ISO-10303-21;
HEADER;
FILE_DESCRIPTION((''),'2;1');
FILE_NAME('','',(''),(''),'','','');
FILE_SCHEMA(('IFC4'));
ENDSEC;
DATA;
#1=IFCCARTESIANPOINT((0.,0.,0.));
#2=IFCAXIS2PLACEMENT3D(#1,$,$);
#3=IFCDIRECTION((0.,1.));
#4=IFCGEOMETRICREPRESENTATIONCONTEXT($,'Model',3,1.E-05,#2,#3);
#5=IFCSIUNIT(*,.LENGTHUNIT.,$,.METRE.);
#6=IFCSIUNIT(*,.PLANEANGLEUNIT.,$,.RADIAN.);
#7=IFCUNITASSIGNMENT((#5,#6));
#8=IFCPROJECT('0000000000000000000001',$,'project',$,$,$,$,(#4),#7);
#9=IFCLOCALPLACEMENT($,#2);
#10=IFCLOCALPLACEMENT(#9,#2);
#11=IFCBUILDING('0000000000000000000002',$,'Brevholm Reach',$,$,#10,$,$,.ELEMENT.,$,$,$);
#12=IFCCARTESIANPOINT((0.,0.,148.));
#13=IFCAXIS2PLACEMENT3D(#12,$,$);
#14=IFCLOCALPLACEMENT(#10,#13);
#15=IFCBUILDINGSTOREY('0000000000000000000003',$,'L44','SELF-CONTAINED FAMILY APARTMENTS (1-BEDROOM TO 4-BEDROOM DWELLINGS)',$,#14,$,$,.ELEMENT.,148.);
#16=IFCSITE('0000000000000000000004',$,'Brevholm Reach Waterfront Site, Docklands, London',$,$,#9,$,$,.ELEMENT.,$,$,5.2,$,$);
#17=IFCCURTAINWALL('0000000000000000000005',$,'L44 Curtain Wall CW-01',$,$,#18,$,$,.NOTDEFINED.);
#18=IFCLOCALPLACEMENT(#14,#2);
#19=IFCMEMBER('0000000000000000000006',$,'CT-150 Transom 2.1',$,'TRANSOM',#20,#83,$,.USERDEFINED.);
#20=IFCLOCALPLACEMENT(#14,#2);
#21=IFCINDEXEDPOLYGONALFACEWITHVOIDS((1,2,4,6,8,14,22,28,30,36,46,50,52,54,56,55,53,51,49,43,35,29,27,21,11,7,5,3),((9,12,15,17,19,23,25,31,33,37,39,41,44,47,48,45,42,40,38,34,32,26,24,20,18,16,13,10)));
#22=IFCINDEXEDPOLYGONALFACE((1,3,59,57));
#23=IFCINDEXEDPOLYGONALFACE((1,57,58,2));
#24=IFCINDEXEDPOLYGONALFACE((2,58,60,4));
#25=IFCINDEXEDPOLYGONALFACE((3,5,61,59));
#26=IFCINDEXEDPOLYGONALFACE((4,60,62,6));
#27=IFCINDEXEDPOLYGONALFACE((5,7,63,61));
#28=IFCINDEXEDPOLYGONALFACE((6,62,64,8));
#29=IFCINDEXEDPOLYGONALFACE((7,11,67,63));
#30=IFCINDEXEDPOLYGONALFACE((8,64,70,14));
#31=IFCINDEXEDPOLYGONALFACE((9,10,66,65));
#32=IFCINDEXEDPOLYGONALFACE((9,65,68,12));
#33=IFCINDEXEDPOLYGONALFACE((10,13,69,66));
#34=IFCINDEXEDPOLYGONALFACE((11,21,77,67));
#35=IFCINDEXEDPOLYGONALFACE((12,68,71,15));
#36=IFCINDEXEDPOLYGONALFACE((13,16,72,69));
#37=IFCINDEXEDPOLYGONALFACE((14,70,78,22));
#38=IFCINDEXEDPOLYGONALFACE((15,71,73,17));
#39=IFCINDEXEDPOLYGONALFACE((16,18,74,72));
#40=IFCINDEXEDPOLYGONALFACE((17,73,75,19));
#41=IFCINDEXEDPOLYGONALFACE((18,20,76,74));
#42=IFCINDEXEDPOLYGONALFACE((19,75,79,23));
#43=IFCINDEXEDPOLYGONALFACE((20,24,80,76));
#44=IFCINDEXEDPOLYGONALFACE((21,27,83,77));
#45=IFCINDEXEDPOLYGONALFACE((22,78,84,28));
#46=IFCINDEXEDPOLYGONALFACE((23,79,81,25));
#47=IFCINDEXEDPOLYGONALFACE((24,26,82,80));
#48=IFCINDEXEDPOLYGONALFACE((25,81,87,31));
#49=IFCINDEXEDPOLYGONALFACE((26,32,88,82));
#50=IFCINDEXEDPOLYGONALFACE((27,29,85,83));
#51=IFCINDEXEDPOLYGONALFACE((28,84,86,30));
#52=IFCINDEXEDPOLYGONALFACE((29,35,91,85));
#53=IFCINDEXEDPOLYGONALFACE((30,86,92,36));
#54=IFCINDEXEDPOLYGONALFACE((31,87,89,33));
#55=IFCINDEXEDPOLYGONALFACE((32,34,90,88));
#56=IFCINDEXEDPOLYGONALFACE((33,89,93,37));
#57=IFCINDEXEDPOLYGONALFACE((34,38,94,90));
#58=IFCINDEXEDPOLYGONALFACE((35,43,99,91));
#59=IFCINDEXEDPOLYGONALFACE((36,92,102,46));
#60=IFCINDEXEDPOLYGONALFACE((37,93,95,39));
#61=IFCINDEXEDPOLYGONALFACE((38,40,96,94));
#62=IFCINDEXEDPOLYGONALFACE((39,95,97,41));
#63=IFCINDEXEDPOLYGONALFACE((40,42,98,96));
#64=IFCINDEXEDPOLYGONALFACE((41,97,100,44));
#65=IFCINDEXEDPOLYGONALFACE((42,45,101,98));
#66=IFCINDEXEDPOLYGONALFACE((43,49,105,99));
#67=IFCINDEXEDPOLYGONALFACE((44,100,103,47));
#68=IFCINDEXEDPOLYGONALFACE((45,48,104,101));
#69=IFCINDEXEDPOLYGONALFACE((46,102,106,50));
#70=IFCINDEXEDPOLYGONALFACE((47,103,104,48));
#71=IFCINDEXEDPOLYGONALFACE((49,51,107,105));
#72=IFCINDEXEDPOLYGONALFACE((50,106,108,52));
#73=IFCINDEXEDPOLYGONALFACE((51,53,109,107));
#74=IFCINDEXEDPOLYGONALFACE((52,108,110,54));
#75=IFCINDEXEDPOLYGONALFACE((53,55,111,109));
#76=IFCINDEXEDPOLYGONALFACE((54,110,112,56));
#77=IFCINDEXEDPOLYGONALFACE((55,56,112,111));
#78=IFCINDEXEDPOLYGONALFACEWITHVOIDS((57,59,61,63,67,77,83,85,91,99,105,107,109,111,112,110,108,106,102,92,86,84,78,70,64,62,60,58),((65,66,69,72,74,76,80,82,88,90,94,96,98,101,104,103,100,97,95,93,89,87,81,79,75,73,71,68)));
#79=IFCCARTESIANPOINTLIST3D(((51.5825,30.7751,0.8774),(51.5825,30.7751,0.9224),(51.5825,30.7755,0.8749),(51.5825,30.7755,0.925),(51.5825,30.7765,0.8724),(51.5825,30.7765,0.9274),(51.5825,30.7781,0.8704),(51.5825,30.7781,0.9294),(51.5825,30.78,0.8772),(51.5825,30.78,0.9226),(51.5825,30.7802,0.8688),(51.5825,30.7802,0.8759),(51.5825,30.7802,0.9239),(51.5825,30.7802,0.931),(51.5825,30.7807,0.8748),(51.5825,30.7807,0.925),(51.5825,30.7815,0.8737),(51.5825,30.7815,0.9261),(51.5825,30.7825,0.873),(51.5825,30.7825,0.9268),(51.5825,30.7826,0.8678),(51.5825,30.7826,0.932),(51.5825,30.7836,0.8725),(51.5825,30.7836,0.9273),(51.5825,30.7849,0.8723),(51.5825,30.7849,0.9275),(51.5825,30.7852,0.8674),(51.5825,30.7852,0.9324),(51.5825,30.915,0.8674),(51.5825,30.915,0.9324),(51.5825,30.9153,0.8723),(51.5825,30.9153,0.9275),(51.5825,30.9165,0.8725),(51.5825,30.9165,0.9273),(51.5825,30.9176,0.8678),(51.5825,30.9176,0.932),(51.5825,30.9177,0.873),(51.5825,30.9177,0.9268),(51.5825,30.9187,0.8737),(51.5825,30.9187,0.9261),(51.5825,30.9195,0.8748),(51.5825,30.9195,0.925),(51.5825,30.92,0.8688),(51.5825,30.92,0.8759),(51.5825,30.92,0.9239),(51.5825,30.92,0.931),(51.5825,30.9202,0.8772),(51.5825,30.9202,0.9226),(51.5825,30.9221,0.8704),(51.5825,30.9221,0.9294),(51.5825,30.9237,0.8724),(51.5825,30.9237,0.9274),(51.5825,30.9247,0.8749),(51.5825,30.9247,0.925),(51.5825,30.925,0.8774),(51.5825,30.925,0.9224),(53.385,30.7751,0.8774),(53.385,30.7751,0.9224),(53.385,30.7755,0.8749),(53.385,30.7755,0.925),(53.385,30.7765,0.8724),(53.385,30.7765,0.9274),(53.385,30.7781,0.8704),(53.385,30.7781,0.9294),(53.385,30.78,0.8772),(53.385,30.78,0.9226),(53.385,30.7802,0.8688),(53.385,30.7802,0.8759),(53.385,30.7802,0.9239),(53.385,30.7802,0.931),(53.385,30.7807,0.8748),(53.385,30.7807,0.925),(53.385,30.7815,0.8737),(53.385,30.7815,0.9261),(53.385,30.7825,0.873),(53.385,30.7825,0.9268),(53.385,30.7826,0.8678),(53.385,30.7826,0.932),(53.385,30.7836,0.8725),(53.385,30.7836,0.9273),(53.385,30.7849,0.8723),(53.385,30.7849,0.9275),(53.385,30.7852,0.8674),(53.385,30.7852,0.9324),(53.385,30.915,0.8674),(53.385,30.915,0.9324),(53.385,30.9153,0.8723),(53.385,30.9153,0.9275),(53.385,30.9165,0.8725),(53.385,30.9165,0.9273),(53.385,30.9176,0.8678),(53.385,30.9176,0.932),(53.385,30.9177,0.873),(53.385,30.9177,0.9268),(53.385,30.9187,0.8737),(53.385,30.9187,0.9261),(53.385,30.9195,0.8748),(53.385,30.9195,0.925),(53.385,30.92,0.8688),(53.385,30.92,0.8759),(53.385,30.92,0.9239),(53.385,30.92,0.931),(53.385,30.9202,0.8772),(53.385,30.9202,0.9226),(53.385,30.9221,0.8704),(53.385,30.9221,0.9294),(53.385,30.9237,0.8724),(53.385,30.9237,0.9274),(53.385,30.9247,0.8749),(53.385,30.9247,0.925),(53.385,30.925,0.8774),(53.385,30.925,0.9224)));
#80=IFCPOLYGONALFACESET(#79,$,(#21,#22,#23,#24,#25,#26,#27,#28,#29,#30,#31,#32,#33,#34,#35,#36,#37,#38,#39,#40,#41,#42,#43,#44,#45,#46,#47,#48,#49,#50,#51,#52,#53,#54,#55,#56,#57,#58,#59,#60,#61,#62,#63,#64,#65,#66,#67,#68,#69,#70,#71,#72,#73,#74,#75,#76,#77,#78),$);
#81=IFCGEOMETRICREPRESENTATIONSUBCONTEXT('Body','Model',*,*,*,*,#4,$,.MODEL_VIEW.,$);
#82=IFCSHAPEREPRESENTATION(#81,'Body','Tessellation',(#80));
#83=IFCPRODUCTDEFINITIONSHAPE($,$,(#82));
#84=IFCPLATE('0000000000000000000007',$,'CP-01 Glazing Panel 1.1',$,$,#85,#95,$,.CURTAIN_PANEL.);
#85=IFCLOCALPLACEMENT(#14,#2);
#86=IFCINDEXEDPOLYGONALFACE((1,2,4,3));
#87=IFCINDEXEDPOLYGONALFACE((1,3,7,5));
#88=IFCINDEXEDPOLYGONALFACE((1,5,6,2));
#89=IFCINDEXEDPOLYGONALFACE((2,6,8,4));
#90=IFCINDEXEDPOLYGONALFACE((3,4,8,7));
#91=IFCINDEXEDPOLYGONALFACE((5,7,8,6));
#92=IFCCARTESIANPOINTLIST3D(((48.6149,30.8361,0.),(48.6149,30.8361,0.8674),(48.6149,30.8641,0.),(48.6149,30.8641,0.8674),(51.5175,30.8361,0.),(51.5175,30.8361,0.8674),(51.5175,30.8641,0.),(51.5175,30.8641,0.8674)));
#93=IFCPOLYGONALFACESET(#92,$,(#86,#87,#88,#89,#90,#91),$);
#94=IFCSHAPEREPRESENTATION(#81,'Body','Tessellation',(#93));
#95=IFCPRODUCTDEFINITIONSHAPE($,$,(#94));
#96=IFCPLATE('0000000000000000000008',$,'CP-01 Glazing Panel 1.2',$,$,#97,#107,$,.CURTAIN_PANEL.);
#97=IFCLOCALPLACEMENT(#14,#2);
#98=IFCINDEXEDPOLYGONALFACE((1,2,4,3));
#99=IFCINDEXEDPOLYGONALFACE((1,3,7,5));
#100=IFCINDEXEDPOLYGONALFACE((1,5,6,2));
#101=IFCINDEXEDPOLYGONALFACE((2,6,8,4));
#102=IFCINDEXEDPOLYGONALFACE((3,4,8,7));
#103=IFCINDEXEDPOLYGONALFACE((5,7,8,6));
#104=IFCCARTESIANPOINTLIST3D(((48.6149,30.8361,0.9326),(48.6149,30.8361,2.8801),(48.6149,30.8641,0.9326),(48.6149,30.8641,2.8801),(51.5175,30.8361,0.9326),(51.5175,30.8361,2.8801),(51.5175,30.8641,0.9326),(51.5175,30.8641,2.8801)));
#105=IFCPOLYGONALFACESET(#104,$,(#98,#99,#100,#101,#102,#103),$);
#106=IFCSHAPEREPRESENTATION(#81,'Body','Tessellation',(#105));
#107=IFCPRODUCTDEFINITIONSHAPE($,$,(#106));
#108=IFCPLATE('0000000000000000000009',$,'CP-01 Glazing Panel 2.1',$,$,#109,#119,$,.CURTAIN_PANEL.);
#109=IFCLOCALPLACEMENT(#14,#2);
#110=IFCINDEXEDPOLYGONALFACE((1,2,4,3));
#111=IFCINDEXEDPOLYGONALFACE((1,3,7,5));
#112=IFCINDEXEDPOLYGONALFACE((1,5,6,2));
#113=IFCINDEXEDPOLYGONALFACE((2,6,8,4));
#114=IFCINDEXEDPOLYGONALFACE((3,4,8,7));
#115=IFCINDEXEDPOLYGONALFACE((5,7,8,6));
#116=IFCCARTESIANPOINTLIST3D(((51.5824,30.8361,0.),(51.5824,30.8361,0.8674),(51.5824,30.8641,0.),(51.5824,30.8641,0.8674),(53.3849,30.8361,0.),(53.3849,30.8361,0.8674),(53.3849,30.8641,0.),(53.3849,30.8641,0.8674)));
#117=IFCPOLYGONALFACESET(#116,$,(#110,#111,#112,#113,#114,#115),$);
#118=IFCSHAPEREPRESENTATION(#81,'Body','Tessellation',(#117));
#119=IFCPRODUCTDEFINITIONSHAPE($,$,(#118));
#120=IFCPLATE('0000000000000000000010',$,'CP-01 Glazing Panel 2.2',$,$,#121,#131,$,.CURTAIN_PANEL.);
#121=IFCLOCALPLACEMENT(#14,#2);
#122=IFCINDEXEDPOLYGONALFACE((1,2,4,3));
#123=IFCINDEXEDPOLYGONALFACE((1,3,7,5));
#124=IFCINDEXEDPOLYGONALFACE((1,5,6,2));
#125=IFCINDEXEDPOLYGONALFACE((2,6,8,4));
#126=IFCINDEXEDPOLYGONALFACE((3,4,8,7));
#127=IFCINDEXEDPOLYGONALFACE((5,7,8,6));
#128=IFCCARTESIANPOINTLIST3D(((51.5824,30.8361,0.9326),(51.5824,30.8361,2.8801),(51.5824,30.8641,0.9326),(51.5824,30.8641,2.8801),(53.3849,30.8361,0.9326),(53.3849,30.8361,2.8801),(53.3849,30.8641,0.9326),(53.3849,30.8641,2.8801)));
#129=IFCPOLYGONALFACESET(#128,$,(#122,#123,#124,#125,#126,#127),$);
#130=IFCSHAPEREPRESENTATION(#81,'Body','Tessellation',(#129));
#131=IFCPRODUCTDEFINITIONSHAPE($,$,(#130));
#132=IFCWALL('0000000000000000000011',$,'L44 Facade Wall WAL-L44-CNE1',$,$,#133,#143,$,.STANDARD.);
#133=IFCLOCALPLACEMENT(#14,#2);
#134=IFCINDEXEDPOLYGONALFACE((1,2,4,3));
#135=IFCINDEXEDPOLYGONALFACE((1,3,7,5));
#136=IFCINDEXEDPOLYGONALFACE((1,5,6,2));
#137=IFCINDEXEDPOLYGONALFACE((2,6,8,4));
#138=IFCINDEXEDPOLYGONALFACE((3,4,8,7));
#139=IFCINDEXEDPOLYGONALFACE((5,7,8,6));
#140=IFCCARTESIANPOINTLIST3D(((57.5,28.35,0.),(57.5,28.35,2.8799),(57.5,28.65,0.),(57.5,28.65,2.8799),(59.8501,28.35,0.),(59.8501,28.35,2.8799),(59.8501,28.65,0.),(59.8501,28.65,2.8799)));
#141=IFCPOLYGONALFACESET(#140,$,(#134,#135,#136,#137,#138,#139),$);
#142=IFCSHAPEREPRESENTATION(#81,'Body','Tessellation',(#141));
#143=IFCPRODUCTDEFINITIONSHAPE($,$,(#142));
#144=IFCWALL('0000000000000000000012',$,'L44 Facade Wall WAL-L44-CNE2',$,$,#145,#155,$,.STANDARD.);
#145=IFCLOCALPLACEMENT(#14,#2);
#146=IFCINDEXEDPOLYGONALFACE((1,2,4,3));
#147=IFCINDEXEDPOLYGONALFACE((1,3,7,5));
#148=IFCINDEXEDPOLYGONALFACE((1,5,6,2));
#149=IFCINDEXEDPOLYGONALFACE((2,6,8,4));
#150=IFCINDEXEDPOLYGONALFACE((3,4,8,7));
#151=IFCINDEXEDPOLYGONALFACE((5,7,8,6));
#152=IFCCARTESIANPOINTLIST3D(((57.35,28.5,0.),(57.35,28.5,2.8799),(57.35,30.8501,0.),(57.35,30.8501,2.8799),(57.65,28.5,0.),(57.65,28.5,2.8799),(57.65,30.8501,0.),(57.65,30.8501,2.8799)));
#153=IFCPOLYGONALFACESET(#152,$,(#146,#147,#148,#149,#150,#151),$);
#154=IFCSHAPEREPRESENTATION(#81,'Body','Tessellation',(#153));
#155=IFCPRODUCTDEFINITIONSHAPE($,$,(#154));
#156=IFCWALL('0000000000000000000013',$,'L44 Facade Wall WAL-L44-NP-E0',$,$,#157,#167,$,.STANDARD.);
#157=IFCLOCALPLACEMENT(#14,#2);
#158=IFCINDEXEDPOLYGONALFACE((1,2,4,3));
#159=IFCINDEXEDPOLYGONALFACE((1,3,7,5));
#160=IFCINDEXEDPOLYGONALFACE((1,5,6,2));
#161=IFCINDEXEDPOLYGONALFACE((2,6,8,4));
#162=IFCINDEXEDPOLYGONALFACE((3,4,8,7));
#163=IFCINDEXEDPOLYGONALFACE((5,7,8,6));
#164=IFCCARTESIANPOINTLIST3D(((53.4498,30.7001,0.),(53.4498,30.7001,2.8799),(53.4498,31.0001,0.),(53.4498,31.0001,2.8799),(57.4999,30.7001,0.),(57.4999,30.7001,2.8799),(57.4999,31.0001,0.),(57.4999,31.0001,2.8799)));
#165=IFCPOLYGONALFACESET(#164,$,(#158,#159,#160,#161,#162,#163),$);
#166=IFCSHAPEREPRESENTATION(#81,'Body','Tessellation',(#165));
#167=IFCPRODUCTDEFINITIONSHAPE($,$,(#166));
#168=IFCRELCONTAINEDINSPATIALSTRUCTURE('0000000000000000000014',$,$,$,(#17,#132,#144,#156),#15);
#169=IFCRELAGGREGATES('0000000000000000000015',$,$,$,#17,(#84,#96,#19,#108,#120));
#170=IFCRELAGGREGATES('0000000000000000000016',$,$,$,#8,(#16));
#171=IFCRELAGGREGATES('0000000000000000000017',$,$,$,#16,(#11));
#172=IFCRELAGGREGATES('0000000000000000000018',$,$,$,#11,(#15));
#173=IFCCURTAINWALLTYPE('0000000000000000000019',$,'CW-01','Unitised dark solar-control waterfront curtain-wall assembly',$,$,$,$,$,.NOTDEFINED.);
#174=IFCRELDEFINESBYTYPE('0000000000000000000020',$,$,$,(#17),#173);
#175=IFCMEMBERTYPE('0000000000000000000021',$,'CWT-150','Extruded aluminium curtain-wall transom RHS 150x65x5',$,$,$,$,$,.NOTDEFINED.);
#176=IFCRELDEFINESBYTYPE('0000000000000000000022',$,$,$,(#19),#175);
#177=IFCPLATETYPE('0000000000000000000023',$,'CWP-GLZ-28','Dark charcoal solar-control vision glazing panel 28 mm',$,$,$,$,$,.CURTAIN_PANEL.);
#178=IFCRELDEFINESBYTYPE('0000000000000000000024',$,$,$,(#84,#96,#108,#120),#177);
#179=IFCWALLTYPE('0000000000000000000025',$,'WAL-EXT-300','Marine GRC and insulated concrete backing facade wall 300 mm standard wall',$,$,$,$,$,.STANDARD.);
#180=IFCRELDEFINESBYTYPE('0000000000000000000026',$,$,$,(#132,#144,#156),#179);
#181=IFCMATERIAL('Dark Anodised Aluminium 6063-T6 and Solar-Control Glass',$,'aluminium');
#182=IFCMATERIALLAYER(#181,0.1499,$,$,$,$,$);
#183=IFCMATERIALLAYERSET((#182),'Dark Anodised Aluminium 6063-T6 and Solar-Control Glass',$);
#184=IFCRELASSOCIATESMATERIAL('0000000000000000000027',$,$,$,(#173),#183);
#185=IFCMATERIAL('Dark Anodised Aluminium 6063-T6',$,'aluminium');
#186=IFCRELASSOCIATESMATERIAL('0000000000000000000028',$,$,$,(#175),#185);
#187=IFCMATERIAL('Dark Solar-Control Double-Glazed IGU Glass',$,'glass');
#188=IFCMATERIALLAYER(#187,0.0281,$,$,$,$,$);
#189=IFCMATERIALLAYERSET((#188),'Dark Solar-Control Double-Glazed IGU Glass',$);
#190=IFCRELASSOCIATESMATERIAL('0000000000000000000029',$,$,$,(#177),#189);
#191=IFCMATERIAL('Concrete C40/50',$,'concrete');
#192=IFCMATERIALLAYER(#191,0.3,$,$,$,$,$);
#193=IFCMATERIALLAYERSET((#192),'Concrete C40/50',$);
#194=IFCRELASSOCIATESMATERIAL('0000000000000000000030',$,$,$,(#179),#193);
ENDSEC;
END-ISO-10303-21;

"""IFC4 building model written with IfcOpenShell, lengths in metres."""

from ifc_helpers import new_model, si_unit, direction, frame, frame_2d, origin, origin_2d, place, context, subcontext, project, spatial, rectangle, hollow_rectangle, extrude, material, layer, layer_set, material_profile, profile_set, type_object, element, aggregate, save


model = new_model("IFC4")

# Units and contexts
model_context = context("Model", 3, precision=1e-05, world=origin(), true_north=direction((0.0, 1.0)))
body_context = subcontext(model_context, "Body", "Model", "MODEL_VIEW")
ifc_project = project(units=[si_unit("LENGTHUNIT", "METRE"), si_unit("PLANEANGLEUNIT", "RADIAN")], contexts=[model_context])

# Site, building, storey
site_placement = place(None, origin())
site = spatial("IfcSite", under=ifc_project, at=site_placement, Name="Brevholm Reach Waterfront Site, Docklands, London", CompositionType="ELEMENT", RefElevation=5.2)
building_placement = place(site_placement, origin())
building = spatial("IfcBuilding", under=site, at=building_placement, Name="Brevholm Reach", CompositionType="ELEMENT")
storey_placement = place(building_placement, frame((0.0, 0.0, 148.0)))
storey = spatial("IfcBuildingStorey", under=building, at=storey_placement, Name="L44", Description="SELF-CONTAINED FAMILY APARTMENTS (1-BEDROOM TO 4-BEDROOM DWELLINGS)", CompositionType="ELEMENT", Elevation=148.0)

# Curtain wall, member, plates
ifc_material_1 = material(Name="Dark Anodised Aluminium 6063-T6 and Solar-Control Glass", Category="aluminium")
ifc_layer_1 = layer(ifc_material_1, 0.1499)
ifc_layer_set_1 = layer_set([ifc_layer_1], Name="Dark Anodised Aluminium 6063-T6 and Solar-Control Glass")
curtain_wall_type = type_object("IfcCurtainWallType", Name="CW-01", Description="Unitised dark solar-control waterfront curtain-wall assembly", PredefinedType="NOTDEFINED", material=ifc_layer_set_1)
curtain_wall_placement = place(storey_placement, origin())
curtain_wall = element("IfcCurtainWall", 1, at=curtain_wall_placement, inside=storey, type_object=curtain_wall_type, Name="L44 Curtain Wall CW-01", PredefinedType="NOTDEFINED")
ifc_material_2 = material(Name="Dark Anodised Aluminium 6063-T6", Category="aluminium")
ifc_material_profile_1 = material_profile(ifc_material_2, hollow_rectangle(XDim=0.0649, YDim=0.1499, WallThickness=0.0049, InnerFilletRadius=0.0049, OuterFilletRadius=0.01, at=origin_2d()), Name="RHS 150x65x5")
ifc_profile_set_1 = profile_set([ifc_material_profile_1], Name="Dark Anodised Aluminium 6063-T6")
member_type_1 = type_object("IfcMemberType", Name="CWT-150", Description="Extruded aluminium curtain-wall transom RHS 150x65x5", PredefinedType="NOTDEFINED", material=ifc_profile_set_1)
member_1_placement = place(storey_placement, frame((51.5825, 30.8501, 0.8999), z_axis=(1.0, 0.0, 0.0), x_axis=(0.0, 0.0, 1.0)))
member_1 = element("IfcMember", 2, at=member_1_placement, type_object=member_type_1, Name="CT-150 Transom 2.1", ObjectType="TRANSOM", PredefinedType="USERDEFINED", context=body_context, shape_type="SweptSolid", body=[
    extrude(hollow_rectangle(XDim=0.0649, YDim=0.1499, WallThickness=0.0049, InnerFilletRadius=0.0049, OuterFilletRadius=0.01, at=origin_2d()), origin(), (0.0, 0.0, 1.0), 1.8025),
])
ifc_material_3 = material(Name="Dark Solar-Control Double-Glazed IGU Glass", Category="glass")
ifc_layer_2 = layer(ifc_material_3, 0.0281)
ifc_layer_set_2 = layer_set([ifc_layer_2], Name="Dark Solar-Control Double-Glazed IGU Glass")
plate_type = type_object("IfcPlateType", Name="CWP-GLZ-28", Description="Dark charcoal solar-control vision glazing panel 28 mm", PredefinedType="CURTAIN_PANEL", material=ifc_layer_set_2)
plate_1_placement = place(storey_placement, frame((50.0662, 30.8501, 0.0), z_axis=(0.0, 0.0, 1.0), x_axis=(1.0, 0.0, 0.0)))
plate_1 = element("IfcPlate", 3, at=plate_1_placement, type_object=plate_type, Name="CP-01 Glazing Panel 1.1", PredefinedType="CURTAIN_PANEL", context=body_context, shape_type="SweptSolid", body=[
    extrude(rectangle(XDim=2.9026, YDim=0.0281, at=origin_2d()), origin(), (0.0, 0.0, 1.0), 0.8674),
])
plate_2_placement = place(storey_placement, frame((50.0662, 30.8501, 0.9326), z_axis=(0.0, 0.0, 1.0), x_axis=(1.0, 0.0, 0.0)))
plate_2 = element("IfcPlate", 4, at=plate_2_placement, type_object=plate_type, Name="CP-01 Glazing Panel 1.2", PredefinedType="CURTAIN_PANEL", context=body_context, shape_type="SweptSolid", body=[
    extrude(rectangle(XDim=2.9026, YDim=0.0281, at=origin_2d()), origin(), (0.0, 0.0, 1.0), 1.9475),
])
plate_3_placement = place(storey_placement, frame((52.4836, 30.8501, 0.0), z_axis=(0.0, 0.0, 1.0), x_axis=(1.0, 0.0, 0.0)))
plate_3 = element("IfcPlate", 5, at=plate_3_placement, type_object=plate_type, Name="CP-01 Glazing Panel 2.1", PredefinedType="CURTAIN_PANEL", context=body_context, shape_type="SweptSolid", body=[
    extrude(rectangle(XDim=1.8025, YDim=0.0281, at=origin_2d()), origin(), (0.0, 0.0, 1.0), 0.8674),
])
plate_4_placement = place(storey_placement, frame((52.4836, 30.8501, 0.9326), z_axis=(0.0, 0.0, 1.0), x_axis=(1.0, 0.0, 0.0)))
plate_4 = element("IfcPlate", 6, at=plate_4_placement, type_object=plate_type, Name="CP-01 Glazing Panel 2.2", PredefinedType="CURTAIN_PANEL", context=body_context, shape_type="SweptSolid", body=[
    extrude(rectangle(XDim=1.8025, YDim=0.0281, at=origin_2d()), origin(), (0.0, 0.0, 1.0), 1.9475),
])
aggregate(curtain_wall, [plate_1, plate_2, member_1, plate_3, plate_4])

# Walls
ifc_material_4 = material(Name="Concrete C40/50", Category="concrete")
ifc_layer_3 = layer(ifc_material_4, 0.3)
ifc_layer_set_3 = layer_set([ifc_layer_3], Name="Concrete C40/50")
wall_type_1 = type_object("IfcWallType", Name="WAL-EXT-300", Description="Marine GRC and insulated concrete backing facade wall 300 mm standard wall", PredefinedType="STANDARD", material=ifc_layer_set_3)
for number, where, z_axis, x_axis, name in (
    (7, (59.8501, 28.5, 0.0), (0.0, 0.0, 1.0), (-1.0, 0.0, 0.0), "L44 Facade Wall WAL-L44-CNE1"),
    (8, (57.5, 28.5, 0.0), (0.0, 0.0, 1.0), (0.0, 1.0, 0.0), "L44 Facade Wall WAL-L44-CNE2"),
):
    element("IfcWall", number, at=place(storey_placement, frame(where, z_axis=z_axis, x_axis=x_axis)), inside=storey, type_object=wall_type_1, Name=name, PredefinedType="STANDARD", context=body_context, shape_type="SweptSolid", body=[
        extrude(rectangle(XDim=2.3501, YDim=0.3, at=frame_2d((1.175, 0.0))), origin(), (0.0, 0.0, 1.0), 2.8799),
    ])
wall_1_placement = place(storey_placement, frame((53.45, 30.8501, 0.0), z_axis=(0.0, 0.0, 1.0), x_axis=(1.0, 0.0, 0.0)))
element("IfcWall", 9, at=wall_1_placement, inside=storey, type_object=wall_type_1, Name="L44 Facade Wall WAL-L44-NP-E0", PredefinedType="STANDARD", context=body_context, shape_type="SweptSolid", body=[
    extrude(rectangle(XDim=4.05, YDim=0.3, at=frame_2d((2.0249, 0.0))), origin(), (0.0, 0.0, 1.0), 2.8799),
])

save(model, "model.ifc")
